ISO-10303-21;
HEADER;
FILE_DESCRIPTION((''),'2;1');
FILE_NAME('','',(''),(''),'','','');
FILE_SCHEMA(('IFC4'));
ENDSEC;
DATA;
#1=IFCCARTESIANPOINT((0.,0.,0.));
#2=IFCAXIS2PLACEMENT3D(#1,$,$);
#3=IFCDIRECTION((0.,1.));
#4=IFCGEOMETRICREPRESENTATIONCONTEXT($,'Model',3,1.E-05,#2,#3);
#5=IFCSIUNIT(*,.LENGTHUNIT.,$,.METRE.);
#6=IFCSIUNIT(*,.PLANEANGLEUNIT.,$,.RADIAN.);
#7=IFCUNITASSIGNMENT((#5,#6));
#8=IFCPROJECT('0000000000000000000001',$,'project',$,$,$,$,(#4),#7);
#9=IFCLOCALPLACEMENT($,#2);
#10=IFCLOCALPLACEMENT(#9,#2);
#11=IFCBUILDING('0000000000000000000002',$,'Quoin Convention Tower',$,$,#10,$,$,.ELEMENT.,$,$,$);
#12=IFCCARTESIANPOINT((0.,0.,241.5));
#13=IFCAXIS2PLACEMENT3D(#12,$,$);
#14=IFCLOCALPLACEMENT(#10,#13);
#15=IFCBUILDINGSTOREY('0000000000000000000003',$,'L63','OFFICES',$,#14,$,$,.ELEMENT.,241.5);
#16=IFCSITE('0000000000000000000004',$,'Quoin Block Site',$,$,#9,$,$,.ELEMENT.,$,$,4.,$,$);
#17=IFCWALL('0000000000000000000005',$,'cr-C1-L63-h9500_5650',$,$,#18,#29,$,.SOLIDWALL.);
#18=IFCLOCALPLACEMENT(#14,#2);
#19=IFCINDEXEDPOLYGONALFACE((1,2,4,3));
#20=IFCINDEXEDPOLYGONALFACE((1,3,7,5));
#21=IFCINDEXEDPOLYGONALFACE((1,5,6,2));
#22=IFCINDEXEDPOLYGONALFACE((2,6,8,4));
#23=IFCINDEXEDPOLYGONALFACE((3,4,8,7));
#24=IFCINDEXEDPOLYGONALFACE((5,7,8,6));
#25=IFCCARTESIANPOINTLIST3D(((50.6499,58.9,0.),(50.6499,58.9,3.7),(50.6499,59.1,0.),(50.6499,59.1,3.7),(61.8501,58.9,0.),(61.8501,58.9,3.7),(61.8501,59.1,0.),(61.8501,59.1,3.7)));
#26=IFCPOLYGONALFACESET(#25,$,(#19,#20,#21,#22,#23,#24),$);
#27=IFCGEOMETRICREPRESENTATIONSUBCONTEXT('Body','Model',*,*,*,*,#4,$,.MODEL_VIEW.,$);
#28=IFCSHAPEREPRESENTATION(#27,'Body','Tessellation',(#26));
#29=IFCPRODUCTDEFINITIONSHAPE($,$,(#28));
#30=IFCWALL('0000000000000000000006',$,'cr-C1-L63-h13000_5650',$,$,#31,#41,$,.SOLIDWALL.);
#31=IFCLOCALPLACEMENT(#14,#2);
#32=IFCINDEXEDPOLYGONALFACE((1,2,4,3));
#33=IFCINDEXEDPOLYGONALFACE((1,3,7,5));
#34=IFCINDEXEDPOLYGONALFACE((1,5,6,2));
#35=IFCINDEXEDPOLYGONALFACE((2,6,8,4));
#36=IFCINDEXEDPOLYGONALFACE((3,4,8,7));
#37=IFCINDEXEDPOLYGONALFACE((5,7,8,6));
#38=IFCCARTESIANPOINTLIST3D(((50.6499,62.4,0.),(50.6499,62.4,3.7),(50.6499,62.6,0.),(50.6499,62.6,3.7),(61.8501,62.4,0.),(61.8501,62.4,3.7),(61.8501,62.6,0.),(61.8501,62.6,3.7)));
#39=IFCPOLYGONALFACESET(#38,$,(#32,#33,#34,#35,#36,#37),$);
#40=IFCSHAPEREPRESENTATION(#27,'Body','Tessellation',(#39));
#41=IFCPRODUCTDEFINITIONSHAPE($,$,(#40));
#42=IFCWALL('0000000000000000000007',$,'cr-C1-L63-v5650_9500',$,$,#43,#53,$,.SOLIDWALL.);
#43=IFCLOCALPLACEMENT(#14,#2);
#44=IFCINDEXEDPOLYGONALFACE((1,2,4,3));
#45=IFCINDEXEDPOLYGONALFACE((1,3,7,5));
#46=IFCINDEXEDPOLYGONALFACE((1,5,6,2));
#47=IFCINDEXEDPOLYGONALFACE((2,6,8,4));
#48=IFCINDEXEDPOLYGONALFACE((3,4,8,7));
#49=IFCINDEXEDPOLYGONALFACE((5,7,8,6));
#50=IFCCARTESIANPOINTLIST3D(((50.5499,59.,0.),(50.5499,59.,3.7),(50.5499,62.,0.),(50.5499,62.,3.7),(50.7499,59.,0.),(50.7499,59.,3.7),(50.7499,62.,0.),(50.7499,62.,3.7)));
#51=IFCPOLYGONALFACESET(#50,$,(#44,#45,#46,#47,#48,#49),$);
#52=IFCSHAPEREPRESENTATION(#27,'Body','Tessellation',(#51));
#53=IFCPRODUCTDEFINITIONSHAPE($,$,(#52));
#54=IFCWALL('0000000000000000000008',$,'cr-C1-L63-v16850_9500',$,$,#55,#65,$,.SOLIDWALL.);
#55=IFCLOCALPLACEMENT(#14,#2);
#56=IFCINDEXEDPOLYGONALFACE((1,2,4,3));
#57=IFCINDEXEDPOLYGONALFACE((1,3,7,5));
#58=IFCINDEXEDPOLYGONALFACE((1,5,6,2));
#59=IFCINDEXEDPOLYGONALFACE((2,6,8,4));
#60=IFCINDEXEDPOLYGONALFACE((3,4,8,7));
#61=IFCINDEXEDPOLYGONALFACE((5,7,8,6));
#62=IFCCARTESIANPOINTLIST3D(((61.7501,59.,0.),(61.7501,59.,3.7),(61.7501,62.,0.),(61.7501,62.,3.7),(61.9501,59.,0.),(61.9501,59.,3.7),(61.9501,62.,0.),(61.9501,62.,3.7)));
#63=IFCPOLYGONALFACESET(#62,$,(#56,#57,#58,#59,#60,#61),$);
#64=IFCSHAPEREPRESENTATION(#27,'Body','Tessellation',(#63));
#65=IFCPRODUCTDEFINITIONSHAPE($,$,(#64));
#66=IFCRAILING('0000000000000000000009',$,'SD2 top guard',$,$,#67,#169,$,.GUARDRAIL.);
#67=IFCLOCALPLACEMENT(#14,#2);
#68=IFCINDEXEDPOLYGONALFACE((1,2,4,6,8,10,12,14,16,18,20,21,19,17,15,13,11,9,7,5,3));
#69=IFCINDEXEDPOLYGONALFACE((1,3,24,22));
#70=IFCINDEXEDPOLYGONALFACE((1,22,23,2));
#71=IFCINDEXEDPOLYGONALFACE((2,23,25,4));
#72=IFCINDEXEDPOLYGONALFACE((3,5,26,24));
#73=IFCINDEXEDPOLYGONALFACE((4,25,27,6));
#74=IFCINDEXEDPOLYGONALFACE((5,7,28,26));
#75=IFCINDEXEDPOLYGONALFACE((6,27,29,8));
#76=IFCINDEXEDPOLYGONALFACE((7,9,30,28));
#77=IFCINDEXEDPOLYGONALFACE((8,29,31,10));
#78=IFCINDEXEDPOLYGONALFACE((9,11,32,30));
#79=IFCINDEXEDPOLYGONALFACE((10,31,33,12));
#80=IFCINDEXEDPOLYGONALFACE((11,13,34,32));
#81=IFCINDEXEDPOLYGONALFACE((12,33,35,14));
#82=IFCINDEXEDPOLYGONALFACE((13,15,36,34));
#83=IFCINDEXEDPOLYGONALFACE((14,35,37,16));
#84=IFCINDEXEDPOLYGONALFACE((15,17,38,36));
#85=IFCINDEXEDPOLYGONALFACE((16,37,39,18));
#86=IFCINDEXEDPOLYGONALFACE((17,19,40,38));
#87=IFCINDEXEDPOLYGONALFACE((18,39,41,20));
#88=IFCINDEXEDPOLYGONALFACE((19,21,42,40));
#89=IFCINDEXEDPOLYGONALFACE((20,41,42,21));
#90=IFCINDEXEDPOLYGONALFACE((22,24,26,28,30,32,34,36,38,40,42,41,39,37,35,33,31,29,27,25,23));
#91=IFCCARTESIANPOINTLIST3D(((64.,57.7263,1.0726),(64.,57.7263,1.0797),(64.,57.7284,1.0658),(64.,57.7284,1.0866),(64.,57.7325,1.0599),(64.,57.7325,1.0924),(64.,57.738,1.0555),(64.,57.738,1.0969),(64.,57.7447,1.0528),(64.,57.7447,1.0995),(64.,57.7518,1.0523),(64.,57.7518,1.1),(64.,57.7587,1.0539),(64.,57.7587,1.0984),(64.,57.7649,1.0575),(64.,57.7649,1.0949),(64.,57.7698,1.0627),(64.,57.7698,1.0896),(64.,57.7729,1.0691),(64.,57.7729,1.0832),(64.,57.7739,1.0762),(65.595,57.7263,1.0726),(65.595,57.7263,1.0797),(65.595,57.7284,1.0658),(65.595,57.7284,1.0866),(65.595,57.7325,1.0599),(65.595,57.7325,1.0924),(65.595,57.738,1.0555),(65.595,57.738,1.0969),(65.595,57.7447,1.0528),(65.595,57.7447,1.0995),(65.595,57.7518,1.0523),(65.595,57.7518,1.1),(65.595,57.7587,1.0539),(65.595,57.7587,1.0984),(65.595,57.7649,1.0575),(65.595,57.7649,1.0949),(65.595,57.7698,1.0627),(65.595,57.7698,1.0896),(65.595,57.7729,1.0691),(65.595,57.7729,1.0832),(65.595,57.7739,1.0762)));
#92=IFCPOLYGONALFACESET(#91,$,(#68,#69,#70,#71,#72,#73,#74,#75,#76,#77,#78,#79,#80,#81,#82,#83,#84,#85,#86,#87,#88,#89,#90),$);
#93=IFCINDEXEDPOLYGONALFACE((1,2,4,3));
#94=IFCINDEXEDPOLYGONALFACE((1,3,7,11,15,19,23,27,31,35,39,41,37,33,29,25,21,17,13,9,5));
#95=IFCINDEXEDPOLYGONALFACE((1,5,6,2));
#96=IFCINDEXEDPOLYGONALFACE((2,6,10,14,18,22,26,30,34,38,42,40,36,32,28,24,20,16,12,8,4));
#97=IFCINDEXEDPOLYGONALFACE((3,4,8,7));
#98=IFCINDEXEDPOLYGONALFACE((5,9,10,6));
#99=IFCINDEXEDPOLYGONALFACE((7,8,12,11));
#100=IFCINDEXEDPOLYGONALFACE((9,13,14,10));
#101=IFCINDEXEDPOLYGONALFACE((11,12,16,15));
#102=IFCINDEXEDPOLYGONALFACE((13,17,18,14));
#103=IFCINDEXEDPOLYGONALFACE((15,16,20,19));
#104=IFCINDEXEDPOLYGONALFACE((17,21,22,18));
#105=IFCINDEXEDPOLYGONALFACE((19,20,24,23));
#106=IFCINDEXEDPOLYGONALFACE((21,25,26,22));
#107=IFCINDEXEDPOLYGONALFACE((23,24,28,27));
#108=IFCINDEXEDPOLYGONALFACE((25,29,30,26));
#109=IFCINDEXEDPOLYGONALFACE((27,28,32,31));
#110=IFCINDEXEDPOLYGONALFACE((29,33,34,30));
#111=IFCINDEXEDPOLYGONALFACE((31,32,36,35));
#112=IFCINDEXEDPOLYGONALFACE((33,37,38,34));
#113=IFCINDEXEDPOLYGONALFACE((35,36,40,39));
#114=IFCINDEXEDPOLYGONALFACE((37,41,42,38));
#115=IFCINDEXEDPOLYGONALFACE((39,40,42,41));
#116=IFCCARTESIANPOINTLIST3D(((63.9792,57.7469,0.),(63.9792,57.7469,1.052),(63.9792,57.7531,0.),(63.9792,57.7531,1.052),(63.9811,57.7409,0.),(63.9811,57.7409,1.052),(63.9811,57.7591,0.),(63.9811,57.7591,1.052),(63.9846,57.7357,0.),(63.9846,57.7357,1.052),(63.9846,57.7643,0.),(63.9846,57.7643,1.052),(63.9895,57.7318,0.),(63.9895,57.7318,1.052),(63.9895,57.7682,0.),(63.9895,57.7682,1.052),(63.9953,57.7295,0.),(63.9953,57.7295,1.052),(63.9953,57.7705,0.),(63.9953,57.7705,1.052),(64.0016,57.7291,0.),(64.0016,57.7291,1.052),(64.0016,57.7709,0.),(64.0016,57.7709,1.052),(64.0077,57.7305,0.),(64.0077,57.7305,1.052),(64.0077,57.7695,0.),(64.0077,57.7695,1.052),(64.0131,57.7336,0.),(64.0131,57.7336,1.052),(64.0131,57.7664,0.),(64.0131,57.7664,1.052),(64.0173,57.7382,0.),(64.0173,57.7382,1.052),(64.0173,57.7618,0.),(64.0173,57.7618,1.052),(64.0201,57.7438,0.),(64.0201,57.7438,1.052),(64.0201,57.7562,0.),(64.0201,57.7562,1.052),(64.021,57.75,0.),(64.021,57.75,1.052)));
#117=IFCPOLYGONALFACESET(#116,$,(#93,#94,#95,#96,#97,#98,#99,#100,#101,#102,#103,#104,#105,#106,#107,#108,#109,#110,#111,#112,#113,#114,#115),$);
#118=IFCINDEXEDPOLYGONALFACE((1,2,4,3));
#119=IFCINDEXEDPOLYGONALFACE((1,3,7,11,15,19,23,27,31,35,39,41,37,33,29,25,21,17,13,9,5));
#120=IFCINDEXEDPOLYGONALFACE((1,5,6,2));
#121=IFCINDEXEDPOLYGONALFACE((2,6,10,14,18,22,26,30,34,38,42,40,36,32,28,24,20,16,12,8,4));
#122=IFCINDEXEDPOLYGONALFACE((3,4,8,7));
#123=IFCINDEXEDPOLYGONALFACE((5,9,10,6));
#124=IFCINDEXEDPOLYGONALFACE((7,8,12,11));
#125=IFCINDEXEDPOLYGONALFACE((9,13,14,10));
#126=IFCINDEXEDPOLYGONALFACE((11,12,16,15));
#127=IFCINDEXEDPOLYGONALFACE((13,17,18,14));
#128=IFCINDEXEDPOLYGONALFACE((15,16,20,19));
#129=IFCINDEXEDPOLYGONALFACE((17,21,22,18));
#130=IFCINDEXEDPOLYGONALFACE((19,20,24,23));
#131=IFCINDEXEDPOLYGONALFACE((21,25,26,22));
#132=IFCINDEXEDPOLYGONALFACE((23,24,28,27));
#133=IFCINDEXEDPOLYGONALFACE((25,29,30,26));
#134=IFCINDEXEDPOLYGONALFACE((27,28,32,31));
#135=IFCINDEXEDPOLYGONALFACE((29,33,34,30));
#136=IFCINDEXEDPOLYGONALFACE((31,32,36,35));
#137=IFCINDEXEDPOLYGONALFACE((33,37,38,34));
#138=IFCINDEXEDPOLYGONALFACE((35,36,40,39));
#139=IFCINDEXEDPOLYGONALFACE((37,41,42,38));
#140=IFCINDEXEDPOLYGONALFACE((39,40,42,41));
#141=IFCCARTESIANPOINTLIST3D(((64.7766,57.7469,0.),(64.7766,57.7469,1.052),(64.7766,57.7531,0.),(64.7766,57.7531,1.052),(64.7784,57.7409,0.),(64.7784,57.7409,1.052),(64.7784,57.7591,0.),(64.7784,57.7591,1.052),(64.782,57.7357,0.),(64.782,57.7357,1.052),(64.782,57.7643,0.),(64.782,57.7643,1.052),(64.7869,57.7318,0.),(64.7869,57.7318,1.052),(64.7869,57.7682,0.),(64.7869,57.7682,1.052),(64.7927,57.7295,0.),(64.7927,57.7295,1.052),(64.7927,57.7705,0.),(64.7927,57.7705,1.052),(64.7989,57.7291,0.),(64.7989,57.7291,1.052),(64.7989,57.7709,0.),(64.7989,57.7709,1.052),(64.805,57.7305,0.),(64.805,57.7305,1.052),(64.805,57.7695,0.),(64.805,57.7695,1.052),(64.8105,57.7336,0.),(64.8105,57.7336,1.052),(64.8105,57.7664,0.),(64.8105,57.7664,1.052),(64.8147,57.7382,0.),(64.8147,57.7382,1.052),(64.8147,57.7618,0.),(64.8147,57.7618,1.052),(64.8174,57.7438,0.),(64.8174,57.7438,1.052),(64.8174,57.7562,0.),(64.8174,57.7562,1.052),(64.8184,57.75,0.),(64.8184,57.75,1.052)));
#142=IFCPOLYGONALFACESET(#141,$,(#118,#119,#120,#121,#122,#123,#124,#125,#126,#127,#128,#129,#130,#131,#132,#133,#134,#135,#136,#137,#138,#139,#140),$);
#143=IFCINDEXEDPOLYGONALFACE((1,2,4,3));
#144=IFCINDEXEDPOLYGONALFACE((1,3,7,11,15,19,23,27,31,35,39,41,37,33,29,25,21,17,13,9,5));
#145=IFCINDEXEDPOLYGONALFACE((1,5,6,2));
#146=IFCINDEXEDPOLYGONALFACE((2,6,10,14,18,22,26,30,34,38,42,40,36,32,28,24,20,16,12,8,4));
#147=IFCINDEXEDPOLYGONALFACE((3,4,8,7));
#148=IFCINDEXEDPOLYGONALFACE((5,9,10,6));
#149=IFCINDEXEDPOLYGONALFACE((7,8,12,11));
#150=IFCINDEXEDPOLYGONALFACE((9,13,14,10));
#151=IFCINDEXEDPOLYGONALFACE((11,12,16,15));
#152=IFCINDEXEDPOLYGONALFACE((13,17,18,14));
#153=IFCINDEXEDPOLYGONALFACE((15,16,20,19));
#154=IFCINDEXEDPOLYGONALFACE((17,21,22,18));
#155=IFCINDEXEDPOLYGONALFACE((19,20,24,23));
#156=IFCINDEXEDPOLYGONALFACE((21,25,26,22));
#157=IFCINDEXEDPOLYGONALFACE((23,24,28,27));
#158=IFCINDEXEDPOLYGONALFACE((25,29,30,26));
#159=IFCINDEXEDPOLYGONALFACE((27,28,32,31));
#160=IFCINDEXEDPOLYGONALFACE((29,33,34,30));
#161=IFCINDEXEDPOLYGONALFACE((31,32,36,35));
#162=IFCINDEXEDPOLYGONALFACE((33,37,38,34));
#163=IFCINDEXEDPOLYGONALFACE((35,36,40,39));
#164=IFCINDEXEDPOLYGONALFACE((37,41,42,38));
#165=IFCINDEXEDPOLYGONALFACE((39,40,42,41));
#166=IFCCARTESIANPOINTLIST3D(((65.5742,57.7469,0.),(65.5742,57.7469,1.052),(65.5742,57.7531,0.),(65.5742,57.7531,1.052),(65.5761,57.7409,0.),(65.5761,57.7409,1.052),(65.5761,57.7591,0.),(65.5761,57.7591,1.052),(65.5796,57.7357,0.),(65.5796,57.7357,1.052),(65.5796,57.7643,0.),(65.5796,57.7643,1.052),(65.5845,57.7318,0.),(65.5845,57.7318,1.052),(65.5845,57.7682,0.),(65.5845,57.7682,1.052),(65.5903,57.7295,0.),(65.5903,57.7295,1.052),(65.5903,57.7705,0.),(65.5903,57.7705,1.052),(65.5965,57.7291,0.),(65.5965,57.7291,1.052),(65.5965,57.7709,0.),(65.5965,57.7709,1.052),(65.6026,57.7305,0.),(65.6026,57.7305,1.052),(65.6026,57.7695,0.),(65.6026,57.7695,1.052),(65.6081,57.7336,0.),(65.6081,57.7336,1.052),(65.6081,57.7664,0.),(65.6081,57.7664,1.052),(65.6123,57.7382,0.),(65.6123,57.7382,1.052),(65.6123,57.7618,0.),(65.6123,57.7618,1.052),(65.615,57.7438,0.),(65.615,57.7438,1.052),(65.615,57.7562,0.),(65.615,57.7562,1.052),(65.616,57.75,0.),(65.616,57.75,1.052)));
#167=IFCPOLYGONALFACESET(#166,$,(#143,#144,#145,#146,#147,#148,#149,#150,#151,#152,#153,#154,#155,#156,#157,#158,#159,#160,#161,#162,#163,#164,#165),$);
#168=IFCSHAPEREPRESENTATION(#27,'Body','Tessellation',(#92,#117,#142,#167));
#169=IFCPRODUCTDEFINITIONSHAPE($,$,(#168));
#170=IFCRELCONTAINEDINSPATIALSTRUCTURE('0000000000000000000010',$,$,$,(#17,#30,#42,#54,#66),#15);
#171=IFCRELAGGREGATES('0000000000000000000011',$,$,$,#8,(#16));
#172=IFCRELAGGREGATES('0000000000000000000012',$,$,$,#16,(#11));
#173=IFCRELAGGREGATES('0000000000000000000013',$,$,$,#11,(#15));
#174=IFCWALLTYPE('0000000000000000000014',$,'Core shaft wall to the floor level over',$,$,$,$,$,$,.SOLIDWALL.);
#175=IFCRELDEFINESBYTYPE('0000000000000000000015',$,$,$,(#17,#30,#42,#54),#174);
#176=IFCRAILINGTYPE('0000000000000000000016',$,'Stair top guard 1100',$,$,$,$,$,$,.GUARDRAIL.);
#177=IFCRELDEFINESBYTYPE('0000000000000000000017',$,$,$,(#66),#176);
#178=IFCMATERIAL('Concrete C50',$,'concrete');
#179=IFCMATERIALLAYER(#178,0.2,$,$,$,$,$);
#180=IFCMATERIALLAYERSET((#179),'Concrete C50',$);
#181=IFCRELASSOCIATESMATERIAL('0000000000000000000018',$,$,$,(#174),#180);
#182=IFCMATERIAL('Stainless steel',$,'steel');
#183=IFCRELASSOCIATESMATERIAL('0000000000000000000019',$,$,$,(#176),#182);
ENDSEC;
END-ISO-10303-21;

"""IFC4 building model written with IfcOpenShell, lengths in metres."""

from ifc_helpers import new_model, si_unit, direction, frame, frame_2d, origin, origin_2d, place, context, subcontext, project, spatial, rectangle, circle, extrude, material, layer, layer_set, type_object, element, save


model = new_model("IFC4")

# Units and contexts
model_context = context("Model", 3, precision=1e-05, world=origin(), true_north=direction((0.0, 1.0)))
body_context = subcontext(model_context, "Body", "Model", "MODEL_VIEW")
ifc_project = project(units=[si_unit("LENGTHUNIT", "METRE"), si_unit("PLANEANGLEUNIT", "RADIAN")], contexts=[model_context])

# Site, building, storey
site_placement = place(None, origin())
site = spatial("IfcSite", under=ifc_project, at=site_placement, Name="Quoin Block Site", CompositionType="ELEMENT", RefElevation=4.0)
building_placement = place(site_placement, origin())
building = spatial("IfcBuilding", under=site, at=building_placement, Name="Quoin Convention Tower", CompositionType="ELEMENT")
storey_placement = place(building_placement, frame((0.0, 0.0, 241.5)))
storey = spatial("IfcBuildingStorey", under=building, at=storey_placement, Name="L63", Description="OFFICES", CompositionType="ELEMENT", Elevation=241.5)

# Shared definitions
ifc_material_1 = material(Name="Concrete C50", Category="concrete")

# Walls
ifc_layer_1 = layer(ifc_material_1, 0.2)
ifc_layer_set_1 = layer_set([ifc_layer_1], Name="Concrete C50")
wall_type_1 = type_object("IfcWallType", Name="Core shaft wall to the floor level over", PredefinedType="SOLIDWALL", material=ifc_layer_set_1)
for number, where, z_axis, x_axis, name in (
    (1, (50.6499, 59.0, 0.0), (0.0, 0.0, 1.0), (1.0, 0.0, 0.0), "cr-C1-L63-h9500_5650"),
    (2, (50.6499, 62.5, 0.0), (0.0, 0.0, 1.0), (1.0, 0.0, 0.0), "cr-C1-L63-h13000_5650"),
):
    element("IfcWall", number, at=place(storey_placement, frame(where, z_axis=z_axis, x_axis=x_axis)), inside=storey, type_object=wall_type_1, Name=name, PredefinedType="SOLIDWALL", context=body_context, shape_type="SweptSolid", body=[
        extrude(rectangle(XDim=11.2002, YDim=0.2, at=frame_2d((5.6001, 0.0))), origin(), (0.0, 0.0, 1.0), 3.7),
    ])
for number, where, z_axis, x_axis, name in (
    (3, (50.6499, 59.0, 0.0), (0.0, 0.0, 1.0), (0.0, 1.0, 0.0), "cr-C1-L63-v5650_9500"),
    (4, (61.8501, 59.0, 0.0), (0.0, 0.0, 1.0), (0.0, 1.0, 0.0), "cr-C1-L63-v16850_9500"),
):
    element("IfcWall", number, at=place(storey_placement, frame(where, z_axis=z_axis, x_axis=x_axis)), inside=storey, type_object=wall_type_1, Name=name, PredefinedType="SOLIDWALL", context=body_context, shape_type="SweptSolid", body=[
        extrude(rectangle(XDim=3.0, YDim=0.2, at=frame_2d((1.5, 0.0))), origin(), (0.0, 0.0, 1.0), 3.7),
    ])

# Railing
ifc_material_2 = material(Name="Stainless steel", Category="steel")
railing_type = type_object("IfcRailingType", Name="Stair top guard 1100", PredefinedType="GUARDRAIL", material=ifc_material_2)
railing_placement = place(storey_placement, frame((64.0, 57.75, 0.0)))
element("IfcRailing", 5, at=railing_placement, inside=storey, type_object=railing_type, Name="SD2 top guard", PredefinedType="GUARDRAIL", context=body_context, shape_type="SweptSolid", body=[
    extrude(circle(Radius=0.0239, at=origin_2d()), frame((0.0, 0.0, 1.0762), z_axis=(1.0, 0.0, 0.0), x_axis=(0.0, 1.0, 0.0)), (0.0, 0.0, 1.0), 1.595),
    extrude(circle(Radius=0.021, at=origin_2d()), origin(), (0.0, 0.0, 1.0), 1.052),
    extrude(circle(Radius=0.021, at=origin_2d()), frame((0.7974, 0.0, 0.0)), (0.0, 0.0, 1.0), 1.052),
    extrude(circle(Radius=0.021, at=origin_2d()), frame((1.595, 0.0, 0.0)), (0.0, 0.0, 1.0), 1.052),
])

save(model, "model.ifc")
